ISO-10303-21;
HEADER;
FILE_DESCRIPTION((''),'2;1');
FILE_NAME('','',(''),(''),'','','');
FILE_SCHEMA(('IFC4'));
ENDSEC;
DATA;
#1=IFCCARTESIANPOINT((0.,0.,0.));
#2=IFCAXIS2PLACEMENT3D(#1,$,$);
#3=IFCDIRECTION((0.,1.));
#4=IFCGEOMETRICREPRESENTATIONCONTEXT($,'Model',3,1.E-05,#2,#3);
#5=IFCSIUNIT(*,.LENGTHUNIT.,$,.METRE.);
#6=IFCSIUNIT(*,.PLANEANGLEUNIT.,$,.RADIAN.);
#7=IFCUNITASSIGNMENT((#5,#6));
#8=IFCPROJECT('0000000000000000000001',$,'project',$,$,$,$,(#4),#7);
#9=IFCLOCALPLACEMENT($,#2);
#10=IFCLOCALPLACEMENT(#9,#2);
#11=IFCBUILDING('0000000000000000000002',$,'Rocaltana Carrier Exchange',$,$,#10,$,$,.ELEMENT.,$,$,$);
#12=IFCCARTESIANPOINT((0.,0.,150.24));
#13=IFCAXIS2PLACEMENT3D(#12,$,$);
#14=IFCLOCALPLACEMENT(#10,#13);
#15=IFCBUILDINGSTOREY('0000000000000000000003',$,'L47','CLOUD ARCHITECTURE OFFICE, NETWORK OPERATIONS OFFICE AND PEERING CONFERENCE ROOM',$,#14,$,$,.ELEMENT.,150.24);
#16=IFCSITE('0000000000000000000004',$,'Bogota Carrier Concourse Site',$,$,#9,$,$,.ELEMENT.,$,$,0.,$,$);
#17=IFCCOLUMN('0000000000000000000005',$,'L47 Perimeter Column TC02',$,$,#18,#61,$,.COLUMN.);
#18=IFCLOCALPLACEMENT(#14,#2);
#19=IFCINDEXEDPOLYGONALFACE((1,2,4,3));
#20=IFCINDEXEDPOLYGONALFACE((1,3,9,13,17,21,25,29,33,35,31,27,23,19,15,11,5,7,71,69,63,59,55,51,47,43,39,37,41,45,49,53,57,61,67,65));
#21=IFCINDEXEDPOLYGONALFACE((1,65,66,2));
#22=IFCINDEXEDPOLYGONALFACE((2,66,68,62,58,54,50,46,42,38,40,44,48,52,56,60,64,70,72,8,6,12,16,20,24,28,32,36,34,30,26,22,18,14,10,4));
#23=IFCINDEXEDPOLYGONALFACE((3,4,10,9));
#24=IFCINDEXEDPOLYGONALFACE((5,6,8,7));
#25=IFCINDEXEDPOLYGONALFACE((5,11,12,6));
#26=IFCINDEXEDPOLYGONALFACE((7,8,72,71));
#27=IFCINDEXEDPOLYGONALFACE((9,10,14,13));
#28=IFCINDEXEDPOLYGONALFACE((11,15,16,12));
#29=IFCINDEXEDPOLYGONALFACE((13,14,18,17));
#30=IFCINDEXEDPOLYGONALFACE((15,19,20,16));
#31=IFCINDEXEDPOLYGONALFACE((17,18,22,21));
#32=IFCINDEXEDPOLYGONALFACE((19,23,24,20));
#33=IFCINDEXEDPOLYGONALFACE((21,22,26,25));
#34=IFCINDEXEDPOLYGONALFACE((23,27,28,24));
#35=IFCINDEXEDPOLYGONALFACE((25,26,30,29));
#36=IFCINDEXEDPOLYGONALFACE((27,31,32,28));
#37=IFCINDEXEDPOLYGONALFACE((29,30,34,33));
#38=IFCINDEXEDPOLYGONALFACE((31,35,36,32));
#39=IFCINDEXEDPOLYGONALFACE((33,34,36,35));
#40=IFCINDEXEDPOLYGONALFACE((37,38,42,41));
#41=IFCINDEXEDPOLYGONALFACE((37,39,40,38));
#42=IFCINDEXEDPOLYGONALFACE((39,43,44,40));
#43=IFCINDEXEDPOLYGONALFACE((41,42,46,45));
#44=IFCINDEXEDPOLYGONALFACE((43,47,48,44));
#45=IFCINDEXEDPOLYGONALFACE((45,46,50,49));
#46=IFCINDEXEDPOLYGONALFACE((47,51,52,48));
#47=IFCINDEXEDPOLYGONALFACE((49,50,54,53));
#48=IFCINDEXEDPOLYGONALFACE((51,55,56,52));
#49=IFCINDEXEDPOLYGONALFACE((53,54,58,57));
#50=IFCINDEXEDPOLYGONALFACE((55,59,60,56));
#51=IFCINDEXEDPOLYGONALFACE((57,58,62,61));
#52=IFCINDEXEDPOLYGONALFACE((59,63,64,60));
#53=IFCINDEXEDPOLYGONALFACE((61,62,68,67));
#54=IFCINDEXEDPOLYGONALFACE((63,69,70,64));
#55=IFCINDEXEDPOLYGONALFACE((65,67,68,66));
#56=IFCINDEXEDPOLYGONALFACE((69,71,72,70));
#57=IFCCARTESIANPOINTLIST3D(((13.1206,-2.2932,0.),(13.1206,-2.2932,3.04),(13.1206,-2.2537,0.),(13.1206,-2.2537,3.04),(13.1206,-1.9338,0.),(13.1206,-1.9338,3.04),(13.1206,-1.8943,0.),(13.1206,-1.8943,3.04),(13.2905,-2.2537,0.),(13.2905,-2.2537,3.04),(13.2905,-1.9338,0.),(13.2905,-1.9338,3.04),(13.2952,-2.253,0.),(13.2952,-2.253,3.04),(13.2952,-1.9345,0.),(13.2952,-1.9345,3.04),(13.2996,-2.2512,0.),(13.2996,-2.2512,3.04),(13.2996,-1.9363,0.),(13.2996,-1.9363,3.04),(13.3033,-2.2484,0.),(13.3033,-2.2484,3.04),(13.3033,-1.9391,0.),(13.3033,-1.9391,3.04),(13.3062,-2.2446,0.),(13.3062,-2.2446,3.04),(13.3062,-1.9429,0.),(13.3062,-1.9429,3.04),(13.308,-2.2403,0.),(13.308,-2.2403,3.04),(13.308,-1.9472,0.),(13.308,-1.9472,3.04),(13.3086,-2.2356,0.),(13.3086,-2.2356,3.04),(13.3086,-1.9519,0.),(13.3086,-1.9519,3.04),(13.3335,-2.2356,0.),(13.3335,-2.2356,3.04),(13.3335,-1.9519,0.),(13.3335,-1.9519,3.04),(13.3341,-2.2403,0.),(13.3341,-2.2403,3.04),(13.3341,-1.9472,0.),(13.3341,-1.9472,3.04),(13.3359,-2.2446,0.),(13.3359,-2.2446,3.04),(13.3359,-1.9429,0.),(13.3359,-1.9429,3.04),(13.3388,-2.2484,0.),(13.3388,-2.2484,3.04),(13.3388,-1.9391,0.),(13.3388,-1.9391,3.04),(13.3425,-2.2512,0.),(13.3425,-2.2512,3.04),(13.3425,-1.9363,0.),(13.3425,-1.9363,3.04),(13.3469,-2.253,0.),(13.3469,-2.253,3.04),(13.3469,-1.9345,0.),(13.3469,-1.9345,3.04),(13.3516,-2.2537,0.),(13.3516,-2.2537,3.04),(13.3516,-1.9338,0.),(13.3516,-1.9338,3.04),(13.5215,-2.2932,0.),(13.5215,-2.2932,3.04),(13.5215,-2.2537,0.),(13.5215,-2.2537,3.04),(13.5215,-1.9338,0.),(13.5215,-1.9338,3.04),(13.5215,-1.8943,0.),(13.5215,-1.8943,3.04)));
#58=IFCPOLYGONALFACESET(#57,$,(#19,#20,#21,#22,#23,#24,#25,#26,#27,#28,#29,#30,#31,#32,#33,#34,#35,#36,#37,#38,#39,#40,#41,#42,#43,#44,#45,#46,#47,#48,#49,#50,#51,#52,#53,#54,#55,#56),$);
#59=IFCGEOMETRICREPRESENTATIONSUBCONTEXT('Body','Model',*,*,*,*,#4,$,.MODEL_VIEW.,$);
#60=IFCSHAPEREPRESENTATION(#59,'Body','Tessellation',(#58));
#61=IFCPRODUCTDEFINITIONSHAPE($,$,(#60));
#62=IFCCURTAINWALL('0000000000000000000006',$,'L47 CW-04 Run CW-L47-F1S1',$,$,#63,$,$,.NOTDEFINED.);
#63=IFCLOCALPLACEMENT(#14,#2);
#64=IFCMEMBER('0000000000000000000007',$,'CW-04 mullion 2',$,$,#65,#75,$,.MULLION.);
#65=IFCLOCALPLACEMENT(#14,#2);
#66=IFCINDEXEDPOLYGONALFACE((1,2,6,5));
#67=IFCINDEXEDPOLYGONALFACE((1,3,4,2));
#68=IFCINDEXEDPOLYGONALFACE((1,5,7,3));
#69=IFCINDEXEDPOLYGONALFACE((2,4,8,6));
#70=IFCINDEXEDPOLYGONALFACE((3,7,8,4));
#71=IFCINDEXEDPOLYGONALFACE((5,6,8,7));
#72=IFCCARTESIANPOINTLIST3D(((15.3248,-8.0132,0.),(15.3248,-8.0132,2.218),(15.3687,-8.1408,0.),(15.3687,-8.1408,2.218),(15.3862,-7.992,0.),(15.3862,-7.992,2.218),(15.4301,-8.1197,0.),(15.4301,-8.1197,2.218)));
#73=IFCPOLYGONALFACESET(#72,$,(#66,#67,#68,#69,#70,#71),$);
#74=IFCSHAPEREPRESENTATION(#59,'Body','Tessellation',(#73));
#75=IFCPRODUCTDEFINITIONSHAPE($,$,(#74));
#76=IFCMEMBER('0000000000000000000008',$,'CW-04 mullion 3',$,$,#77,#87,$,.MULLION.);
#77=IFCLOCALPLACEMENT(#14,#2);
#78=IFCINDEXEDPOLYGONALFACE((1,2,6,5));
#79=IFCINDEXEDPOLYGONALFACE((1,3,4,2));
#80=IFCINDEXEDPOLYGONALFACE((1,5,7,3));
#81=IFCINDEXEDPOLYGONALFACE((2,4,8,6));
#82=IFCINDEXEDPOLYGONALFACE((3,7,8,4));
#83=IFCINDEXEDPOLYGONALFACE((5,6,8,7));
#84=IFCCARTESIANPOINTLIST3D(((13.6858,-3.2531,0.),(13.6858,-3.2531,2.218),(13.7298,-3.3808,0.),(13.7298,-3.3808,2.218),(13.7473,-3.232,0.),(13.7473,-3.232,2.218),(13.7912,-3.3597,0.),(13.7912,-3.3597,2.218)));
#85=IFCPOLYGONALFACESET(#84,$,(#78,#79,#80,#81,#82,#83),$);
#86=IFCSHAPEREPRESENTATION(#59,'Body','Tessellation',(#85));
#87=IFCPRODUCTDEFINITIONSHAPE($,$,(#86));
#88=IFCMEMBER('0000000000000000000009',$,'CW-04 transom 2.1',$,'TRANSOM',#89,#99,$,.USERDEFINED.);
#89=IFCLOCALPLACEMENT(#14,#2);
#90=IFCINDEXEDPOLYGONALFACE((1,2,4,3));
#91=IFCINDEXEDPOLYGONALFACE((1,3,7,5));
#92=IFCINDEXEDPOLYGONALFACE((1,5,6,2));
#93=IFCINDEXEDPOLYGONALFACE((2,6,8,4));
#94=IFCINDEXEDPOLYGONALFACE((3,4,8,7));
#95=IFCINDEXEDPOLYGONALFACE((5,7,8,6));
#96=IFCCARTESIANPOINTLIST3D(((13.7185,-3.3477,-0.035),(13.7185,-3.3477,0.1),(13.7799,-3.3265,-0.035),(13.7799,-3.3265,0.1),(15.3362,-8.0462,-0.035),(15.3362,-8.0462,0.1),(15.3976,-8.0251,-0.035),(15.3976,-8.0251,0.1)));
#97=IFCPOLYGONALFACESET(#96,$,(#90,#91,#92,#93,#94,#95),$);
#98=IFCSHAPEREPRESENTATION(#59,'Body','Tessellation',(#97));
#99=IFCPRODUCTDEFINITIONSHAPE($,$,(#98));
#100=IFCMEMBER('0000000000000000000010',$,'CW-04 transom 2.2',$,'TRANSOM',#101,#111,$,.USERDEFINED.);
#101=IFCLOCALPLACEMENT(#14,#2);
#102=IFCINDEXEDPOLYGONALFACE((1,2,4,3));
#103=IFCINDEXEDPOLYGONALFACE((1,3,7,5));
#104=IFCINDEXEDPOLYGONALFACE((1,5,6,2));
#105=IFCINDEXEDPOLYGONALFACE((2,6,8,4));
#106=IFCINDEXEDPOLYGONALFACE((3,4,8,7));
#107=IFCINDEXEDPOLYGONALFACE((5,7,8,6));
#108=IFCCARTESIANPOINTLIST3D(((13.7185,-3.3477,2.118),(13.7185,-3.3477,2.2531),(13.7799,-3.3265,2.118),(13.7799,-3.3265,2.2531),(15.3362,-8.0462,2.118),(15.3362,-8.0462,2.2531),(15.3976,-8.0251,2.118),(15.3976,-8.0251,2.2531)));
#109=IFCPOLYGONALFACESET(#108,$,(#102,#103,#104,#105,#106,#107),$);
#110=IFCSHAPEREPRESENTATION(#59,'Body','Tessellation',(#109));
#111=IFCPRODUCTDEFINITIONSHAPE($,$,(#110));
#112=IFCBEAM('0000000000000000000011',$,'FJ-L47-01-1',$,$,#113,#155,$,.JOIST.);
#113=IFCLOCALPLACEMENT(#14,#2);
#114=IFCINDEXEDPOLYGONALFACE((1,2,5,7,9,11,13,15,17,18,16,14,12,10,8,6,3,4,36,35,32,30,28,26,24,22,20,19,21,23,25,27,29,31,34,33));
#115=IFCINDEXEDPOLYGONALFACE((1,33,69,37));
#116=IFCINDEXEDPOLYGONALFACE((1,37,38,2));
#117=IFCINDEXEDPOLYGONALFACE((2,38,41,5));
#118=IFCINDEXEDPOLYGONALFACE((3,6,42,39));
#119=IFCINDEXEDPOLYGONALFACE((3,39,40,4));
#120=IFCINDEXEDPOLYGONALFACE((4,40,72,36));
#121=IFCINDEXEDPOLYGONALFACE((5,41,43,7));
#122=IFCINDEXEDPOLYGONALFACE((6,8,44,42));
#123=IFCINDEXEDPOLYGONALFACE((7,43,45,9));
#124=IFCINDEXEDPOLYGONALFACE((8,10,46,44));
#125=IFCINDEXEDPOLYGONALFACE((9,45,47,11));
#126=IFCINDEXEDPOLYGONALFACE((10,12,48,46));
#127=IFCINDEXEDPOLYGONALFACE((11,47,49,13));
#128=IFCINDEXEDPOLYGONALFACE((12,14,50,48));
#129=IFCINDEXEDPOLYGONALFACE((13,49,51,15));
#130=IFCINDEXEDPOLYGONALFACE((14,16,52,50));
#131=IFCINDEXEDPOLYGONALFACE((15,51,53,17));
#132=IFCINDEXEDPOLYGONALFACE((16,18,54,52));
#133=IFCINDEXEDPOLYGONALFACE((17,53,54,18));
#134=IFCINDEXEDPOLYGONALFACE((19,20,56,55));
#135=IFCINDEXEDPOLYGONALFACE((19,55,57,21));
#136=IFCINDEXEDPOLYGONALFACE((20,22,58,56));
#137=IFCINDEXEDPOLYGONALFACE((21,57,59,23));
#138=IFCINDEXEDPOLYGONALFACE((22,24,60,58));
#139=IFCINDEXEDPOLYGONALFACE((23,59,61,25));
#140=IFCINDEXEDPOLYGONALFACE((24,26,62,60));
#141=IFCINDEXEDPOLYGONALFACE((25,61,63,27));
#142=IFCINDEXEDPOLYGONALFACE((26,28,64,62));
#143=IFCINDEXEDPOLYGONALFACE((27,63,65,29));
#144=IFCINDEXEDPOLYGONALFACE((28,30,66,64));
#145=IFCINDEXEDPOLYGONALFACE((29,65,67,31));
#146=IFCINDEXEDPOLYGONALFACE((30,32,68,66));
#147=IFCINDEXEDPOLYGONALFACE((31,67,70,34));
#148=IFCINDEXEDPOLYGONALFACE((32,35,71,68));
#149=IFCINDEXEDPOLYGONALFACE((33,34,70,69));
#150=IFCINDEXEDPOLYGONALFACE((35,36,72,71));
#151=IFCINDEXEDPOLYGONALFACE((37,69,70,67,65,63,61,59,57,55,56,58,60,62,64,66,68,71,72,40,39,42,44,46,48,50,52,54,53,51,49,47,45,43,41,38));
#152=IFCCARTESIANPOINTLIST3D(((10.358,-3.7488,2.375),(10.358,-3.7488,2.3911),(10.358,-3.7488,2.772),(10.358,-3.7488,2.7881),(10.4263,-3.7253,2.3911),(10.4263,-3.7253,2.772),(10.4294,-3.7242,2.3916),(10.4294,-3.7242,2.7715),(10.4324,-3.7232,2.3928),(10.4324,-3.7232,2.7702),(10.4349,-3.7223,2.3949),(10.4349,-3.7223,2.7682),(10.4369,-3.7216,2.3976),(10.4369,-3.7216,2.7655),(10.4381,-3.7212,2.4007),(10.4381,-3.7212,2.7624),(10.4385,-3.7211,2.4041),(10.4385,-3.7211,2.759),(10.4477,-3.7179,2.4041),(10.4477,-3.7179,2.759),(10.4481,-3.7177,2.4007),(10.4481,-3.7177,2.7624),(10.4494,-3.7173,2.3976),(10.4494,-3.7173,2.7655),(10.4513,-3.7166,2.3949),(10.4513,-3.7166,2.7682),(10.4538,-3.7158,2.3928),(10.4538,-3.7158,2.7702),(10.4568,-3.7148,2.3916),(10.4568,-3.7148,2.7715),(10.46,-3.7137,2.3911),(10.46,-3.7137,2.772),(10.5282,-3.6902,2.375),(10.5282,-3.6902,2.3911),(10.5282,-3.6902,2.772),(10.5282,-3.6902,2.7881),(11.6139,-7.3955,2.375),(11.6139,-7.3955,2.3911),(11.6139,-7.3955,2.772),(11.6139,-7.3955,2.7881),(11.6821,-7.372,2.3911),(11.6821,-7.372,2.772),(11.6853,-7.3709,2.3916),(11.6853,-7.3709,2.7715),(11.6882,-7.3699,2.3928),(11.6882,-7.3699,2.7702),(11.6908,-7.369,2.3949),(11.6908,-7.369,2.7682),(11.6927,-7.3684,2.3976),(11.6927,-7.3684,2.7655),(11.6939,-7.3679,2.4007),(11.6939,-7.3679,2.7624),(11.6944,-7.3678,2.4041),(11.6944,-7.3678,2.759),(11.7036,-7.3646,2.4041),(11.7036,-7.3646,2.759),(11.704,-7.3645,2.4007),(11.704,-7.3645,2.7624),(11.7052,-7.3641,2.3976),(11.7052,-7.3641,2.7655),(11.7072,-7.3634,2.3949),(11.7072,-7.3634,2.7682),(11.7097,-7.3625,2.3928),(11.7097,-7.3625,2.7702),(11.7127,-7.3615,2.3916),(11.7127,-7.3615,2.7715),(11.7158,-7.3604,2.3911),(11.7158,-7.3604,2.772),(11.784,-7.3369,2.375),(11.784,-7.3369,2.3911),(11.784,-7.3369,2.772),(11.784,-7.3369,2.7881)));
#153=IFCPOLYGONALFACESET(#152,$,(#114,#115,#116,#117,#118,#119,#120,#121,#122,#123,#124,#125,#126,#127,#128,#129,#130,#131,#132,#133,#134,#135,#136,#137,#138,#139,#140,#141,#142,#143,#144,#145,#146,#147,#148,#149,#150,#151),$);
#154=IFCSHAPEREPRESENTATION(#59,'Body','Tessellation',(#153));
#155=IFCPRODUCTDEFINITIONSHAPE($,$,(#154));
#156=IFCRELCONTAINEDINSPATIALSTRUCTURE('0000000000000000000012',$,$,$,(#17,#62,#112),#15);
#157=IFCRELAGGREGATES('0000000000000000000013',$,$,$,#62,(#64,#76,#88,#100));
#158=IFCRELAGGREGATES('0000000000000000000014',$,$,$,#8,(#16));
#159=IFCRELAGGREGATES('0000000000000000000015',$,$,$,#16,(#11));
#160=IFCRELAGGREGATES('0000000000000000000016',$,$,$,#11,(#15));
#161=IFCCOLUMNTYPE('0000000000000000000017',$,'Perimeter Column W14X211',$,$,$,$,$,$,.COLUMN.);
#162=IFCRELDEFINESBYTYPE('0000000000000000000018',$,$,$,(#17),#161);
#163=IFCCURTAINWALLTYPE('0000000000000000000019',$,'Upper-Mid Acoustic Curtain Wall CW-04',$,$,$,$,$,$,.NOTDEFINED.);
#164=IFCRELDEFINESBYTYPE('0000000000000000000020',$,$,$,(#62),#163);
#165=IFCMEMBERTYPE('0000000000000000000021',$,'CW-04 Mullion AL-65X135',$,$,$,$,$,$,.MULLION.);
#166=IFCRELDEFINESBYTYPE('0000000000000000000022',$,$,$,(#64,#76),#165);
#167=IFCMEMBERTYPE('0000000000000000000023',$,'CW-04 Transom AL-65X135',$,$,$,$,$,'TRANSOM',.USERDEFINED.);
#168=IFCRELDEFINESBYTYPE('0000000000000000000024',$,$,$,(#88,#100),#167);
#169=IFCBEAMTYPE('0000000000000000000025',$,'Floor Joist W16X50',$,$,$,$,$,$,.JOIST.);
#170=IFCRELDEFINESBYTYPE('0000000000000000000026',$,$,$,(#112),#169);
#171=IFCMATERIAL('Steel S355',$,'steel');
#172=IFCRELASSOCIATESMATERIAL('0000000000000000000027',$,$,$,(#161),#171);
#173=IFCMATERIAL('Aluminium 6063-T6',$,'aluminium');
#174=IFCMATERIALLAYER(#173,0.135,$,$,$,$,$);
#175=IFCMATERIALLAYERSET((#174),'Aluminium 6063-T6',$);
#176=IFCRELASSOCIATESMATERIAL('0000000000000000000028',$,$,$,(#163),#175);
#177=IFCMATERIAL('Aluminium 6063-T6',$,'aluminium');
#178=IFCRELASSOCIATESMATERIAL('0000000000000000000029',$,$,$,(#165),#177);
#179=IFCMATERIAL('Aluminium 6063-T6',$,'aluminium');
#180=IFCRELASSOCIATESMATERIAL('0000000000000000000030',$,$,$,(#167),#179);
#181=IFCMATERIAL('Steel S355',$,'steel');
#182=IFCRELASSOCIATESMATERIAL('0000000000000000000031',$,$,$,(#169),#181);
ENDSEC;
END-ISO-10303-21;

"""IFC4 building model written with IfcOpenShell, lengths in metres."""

from ifc_helpers import new_model, si_unit, direction, frame, origin, origin_2d, place, context, subcontext, project, spatial, rectangle, i_section, extrude, material, layer, layer_set, material_profile, profile_set, type_object, element, aggregate, save


model = new_model("IFC4")

# Units and contexts
model_context = context("Model", 3, precision=1e-05, world=origin(), true_north=direction((0.0, 1.0)))
body_context = subcontext(model_context, "Body", "Model", "MODEL_VIEW")
ifc_project = project(units=[si_unit("LENGTHUNIT", "METRE"), si_unit("PLANEANGLEUNIT", "RADIAN")], contexts=[model_context])

# Site, building, storey
site_placement = place(None, origin())
site = spatial("IfcSite", under=ifc_project, at=site_placement, Name="Bogota Carrier Concourse Site", CompositionType="ELEMENT", RefElevation=0.0)
building_placement = place(site_placement, origin())
building = spatial("IfcBuilding", under=site, at=building_placement, Name="Rocaltana Carrier Exchange", CompositionType="ELEMENT")
storey_placement = place(building_placement, frame((0.0, 0.0, 150.24)))
storey = spatial("IfcBuildingStorey", under=building, at=storey_placement, Name="L47", Description="CLOUD ARCHITECTURE OFFICE, NETWORK OPERATIONS OFFICE AND PEERING CONFERENCE ROOM", CompositionType="ELEMENT", Elevation=150.24)

# Column
ifc_material_1 = material(Name="Steel S355", Category="steel")
ifc_material_profile_1 = material_profile(ifc_material_1, i_section(OverallWidth=0.4009, OverallDepth=0.3989, WebThickness=0.0249, FlangeThickness=0.0396, FilletRadius=0.0181, at=origin_2d()), Name="W14X211")
ifc_profile_set_1 = profile_set([ifc_material_profile_1], Name="Steel S355")
column_type = type_object("IfcColumnType", Name="Perimeter Column W14X211", PredefinedType="COLUMN", material=ifc_profile_set_1)
column_placement = place(storey_placement, frame((13.321, -2.0938, 0.0), z_axis=(0.0, 0.0, 1.0), x_axis=(1.0, 0.0, 0.0)))
element("IfcColumn", 1, at=column_placement, inside=storey, type_object=column_type, Name="L47 Perimeter Column TC02", PredefinedType="COLUMN", context=body_context, shape_type="SweptSolid", body=[
    extrude(i_section(OverallWidth=0.4009, OverallDepth=0.3989, WebThickness=0.0249, FlangeThickness=0.0396, FilletRadius=0.0181, at=origin_2d()), origin(), (0.0, 0.0, 1.0), 3.04),
])

# Curtain wall, members
ifc_material_2 = material(Name="Aluminium 6063-T6", Category="aluminium")
ifc_layer_1 = layer(ifc_material_2, 0.135)
ifc_layer_set_1 = layer_set([ifc_layer_1], Name="Aluminium 6063-T6")
curtain_wall_type = type_object("IfcCurtainWallType", Name="Upper-Mid Acoustic Curtain Wall CW-04", PredefinedType="NOTDEFINED", material=ifc_layer_set_1)
curtain_wall_placement = place(storey_placement, origin())
curtain_wall = element("IfcCurtainWall", 2, at=curtain_wall_placement, inside=storey, type_object=curtain_wall_type, Name="L47 CW-04 Run CW-L47-F1S1", PredefinedType="NOTDEFINED")
ifc_material_3 = material(Name="Aluminium 6063-T6", Category="aluminium")
ifc_material_profile_2 = material_profile(ifc_material_3, rectangle(XDim=0.0649, YDim=0.135, at=origin_2d()), Name="AL-65X135")
ifc_profile_set_2 = profile_set([ifc_material_profile_2], Name="Aluminium 6063-T6")
member_type_1 = type_object("IfcMemberType", Name="CW-04 Mullion AL-65X135", PredefinedType="MULLION", material=ifc_profile_set_2)
member_1_placement = place(storey_placement, frame((15.3774, -8.0664, 0.0), z_axis=(0.0, 0.0, 1.0), x_axis=(-0.945522, -0.325559, 0.0)))
member_1 = element("IfcMember", 3, at=member_1_placement, type_object=member_type_1, Name="CW-04 mullion 2", PredefinedType="MULLION", context=body_context, shape_type="SweptSolid", body=[
    extrude(rectangle(XDim=0.0649, YDim=0.135, at=origin_2d()), origin(), (0.0, 0.0, 1.0), 2.218),
])
member_2_placement = place(storey_placement, frame((13.7385, -3.3064, 0.0), z_axis=(0.0, 0.0, 1.0), x_axis=(-0.945522, -0.325559, 0.0)))
member_2 = element("IfcMember", 4, at=member_2_placement, type_object=member_type_1, Name="CW-04 mullion 3", PredefinedType="MULLION", context=body_context, shape_type="SweptSolid", body=[
    extrude(rectangle(XDim=0.0649, YDim=0.135, at=origin_2d()), origin(), (0.0, 0.0, 1.0), 2.218),
])
ifc_material_4 = material(Name="Aluminium 6063-T6", Category="aluminium")
ifc_material_profile_3 = material_profile(ifc_material_4, rectangle(XDim=0.0649, YDim=0.135, at=origin_2d()), Name="AL-65X135")
ifc_profile_set_3 = profile_set([ifc_material_profile_3], Name="Aluminium 6063-T6")
member_type_2 = type_object("IfcMemberType", Name="CW-04 Transom AL-65X135", ElementType="TRANSOM", PredefinedType="USERDEFINED", material=ifc_profile_set_3)
member_3_placement = place(storey_placement, frame((15.3669, -8.0356, 0.0325), z_axis=(-0.325542, 0.945527, 0.0), x_axis=(-0.945527, -0.325542, 0.0)))
member_3 = element("IfcMember", 5, at=member_3_placement, type_object=member_type_2, Name="CW-04 transom 2.1", ObjectType="TRANSOM", PredefinedType="USERDEFINED", context=body_context, shape_type="SweptSolid", body=[
    extrude(rectangle(XDim=0.0649, YDim=0.135, at=origin_2d()), origin(), (0.0, 0.0, 1.0), 4.9692),
])
member_4_placement = place(storey_placement, frame((15.3669, -8.0356, 2.1855), z_axis=(-0.325542, 0.945527, 0.0), x_axis=(-0.945527, -0.325542, 0.0)))
member_4 = element("IfcMember", 6, at=member_4_placement, type_object=member_type_2, Name="CW-04 transom 2.2", ObjectType="TRANSOM", PredefinedType="USERDEFINED", context=body_context, shape_type="SweptSolid", body=[
    extrude(rectangle(XDim=0.0649, YDim=0.135, at=origin_2d()), origin(), (0.0, 0.0, 1.0), 4.9692),
])

# Beam
ifc_material_5 = material(Name="Steel S355", Category="steel")
ifc_material_profile_4 = material_profile(ifc_material_5, i_section(OverallWidth=0.1799, OverallDepth=0.4131, WebThickness=0.0098, FlangeThickness=0.0161, FilletRadius=0.0129, at=origin_2d()), Name="W16X50")
ifc_profile_set_4 = profile_set([ifc_material_profile_4], Name="Steel S355")
beam_type_1 = type_object("IfcBeamType", Name="Floor Joist W16X50", PredefinedType="JOIST", material=ifc_profile_set_4)
beam_1_placement = place(storey_placement, frame((11.699, -7.3662, 2.5815), z_axis=(-0.325612, 0.945503, 0.0), x_axis=(-0.945503, -0.325612, 0.0)))
element("IfcBeam", 7, at=beam_1_placement, inside=storey, type_object=beam_type_1, Name="FJ-L47-01-1", PredefinedType="JOIST", context=body_context, shape_type="SweptSolid", body=[
    extrude(i_section(OverallWidth=0.1799, OverallDepth=0.4131, WebThickness=0.0098, FlangeThickness=0.0161, FilletRadius=0.0129, at=origin_2d()), origin(), (0.0, 0.0, 1.0), 3.8569),
])

aggregate(curtain_wall, [member_1, member_2, member_3, member_4])

save(model, "model.ifc")
